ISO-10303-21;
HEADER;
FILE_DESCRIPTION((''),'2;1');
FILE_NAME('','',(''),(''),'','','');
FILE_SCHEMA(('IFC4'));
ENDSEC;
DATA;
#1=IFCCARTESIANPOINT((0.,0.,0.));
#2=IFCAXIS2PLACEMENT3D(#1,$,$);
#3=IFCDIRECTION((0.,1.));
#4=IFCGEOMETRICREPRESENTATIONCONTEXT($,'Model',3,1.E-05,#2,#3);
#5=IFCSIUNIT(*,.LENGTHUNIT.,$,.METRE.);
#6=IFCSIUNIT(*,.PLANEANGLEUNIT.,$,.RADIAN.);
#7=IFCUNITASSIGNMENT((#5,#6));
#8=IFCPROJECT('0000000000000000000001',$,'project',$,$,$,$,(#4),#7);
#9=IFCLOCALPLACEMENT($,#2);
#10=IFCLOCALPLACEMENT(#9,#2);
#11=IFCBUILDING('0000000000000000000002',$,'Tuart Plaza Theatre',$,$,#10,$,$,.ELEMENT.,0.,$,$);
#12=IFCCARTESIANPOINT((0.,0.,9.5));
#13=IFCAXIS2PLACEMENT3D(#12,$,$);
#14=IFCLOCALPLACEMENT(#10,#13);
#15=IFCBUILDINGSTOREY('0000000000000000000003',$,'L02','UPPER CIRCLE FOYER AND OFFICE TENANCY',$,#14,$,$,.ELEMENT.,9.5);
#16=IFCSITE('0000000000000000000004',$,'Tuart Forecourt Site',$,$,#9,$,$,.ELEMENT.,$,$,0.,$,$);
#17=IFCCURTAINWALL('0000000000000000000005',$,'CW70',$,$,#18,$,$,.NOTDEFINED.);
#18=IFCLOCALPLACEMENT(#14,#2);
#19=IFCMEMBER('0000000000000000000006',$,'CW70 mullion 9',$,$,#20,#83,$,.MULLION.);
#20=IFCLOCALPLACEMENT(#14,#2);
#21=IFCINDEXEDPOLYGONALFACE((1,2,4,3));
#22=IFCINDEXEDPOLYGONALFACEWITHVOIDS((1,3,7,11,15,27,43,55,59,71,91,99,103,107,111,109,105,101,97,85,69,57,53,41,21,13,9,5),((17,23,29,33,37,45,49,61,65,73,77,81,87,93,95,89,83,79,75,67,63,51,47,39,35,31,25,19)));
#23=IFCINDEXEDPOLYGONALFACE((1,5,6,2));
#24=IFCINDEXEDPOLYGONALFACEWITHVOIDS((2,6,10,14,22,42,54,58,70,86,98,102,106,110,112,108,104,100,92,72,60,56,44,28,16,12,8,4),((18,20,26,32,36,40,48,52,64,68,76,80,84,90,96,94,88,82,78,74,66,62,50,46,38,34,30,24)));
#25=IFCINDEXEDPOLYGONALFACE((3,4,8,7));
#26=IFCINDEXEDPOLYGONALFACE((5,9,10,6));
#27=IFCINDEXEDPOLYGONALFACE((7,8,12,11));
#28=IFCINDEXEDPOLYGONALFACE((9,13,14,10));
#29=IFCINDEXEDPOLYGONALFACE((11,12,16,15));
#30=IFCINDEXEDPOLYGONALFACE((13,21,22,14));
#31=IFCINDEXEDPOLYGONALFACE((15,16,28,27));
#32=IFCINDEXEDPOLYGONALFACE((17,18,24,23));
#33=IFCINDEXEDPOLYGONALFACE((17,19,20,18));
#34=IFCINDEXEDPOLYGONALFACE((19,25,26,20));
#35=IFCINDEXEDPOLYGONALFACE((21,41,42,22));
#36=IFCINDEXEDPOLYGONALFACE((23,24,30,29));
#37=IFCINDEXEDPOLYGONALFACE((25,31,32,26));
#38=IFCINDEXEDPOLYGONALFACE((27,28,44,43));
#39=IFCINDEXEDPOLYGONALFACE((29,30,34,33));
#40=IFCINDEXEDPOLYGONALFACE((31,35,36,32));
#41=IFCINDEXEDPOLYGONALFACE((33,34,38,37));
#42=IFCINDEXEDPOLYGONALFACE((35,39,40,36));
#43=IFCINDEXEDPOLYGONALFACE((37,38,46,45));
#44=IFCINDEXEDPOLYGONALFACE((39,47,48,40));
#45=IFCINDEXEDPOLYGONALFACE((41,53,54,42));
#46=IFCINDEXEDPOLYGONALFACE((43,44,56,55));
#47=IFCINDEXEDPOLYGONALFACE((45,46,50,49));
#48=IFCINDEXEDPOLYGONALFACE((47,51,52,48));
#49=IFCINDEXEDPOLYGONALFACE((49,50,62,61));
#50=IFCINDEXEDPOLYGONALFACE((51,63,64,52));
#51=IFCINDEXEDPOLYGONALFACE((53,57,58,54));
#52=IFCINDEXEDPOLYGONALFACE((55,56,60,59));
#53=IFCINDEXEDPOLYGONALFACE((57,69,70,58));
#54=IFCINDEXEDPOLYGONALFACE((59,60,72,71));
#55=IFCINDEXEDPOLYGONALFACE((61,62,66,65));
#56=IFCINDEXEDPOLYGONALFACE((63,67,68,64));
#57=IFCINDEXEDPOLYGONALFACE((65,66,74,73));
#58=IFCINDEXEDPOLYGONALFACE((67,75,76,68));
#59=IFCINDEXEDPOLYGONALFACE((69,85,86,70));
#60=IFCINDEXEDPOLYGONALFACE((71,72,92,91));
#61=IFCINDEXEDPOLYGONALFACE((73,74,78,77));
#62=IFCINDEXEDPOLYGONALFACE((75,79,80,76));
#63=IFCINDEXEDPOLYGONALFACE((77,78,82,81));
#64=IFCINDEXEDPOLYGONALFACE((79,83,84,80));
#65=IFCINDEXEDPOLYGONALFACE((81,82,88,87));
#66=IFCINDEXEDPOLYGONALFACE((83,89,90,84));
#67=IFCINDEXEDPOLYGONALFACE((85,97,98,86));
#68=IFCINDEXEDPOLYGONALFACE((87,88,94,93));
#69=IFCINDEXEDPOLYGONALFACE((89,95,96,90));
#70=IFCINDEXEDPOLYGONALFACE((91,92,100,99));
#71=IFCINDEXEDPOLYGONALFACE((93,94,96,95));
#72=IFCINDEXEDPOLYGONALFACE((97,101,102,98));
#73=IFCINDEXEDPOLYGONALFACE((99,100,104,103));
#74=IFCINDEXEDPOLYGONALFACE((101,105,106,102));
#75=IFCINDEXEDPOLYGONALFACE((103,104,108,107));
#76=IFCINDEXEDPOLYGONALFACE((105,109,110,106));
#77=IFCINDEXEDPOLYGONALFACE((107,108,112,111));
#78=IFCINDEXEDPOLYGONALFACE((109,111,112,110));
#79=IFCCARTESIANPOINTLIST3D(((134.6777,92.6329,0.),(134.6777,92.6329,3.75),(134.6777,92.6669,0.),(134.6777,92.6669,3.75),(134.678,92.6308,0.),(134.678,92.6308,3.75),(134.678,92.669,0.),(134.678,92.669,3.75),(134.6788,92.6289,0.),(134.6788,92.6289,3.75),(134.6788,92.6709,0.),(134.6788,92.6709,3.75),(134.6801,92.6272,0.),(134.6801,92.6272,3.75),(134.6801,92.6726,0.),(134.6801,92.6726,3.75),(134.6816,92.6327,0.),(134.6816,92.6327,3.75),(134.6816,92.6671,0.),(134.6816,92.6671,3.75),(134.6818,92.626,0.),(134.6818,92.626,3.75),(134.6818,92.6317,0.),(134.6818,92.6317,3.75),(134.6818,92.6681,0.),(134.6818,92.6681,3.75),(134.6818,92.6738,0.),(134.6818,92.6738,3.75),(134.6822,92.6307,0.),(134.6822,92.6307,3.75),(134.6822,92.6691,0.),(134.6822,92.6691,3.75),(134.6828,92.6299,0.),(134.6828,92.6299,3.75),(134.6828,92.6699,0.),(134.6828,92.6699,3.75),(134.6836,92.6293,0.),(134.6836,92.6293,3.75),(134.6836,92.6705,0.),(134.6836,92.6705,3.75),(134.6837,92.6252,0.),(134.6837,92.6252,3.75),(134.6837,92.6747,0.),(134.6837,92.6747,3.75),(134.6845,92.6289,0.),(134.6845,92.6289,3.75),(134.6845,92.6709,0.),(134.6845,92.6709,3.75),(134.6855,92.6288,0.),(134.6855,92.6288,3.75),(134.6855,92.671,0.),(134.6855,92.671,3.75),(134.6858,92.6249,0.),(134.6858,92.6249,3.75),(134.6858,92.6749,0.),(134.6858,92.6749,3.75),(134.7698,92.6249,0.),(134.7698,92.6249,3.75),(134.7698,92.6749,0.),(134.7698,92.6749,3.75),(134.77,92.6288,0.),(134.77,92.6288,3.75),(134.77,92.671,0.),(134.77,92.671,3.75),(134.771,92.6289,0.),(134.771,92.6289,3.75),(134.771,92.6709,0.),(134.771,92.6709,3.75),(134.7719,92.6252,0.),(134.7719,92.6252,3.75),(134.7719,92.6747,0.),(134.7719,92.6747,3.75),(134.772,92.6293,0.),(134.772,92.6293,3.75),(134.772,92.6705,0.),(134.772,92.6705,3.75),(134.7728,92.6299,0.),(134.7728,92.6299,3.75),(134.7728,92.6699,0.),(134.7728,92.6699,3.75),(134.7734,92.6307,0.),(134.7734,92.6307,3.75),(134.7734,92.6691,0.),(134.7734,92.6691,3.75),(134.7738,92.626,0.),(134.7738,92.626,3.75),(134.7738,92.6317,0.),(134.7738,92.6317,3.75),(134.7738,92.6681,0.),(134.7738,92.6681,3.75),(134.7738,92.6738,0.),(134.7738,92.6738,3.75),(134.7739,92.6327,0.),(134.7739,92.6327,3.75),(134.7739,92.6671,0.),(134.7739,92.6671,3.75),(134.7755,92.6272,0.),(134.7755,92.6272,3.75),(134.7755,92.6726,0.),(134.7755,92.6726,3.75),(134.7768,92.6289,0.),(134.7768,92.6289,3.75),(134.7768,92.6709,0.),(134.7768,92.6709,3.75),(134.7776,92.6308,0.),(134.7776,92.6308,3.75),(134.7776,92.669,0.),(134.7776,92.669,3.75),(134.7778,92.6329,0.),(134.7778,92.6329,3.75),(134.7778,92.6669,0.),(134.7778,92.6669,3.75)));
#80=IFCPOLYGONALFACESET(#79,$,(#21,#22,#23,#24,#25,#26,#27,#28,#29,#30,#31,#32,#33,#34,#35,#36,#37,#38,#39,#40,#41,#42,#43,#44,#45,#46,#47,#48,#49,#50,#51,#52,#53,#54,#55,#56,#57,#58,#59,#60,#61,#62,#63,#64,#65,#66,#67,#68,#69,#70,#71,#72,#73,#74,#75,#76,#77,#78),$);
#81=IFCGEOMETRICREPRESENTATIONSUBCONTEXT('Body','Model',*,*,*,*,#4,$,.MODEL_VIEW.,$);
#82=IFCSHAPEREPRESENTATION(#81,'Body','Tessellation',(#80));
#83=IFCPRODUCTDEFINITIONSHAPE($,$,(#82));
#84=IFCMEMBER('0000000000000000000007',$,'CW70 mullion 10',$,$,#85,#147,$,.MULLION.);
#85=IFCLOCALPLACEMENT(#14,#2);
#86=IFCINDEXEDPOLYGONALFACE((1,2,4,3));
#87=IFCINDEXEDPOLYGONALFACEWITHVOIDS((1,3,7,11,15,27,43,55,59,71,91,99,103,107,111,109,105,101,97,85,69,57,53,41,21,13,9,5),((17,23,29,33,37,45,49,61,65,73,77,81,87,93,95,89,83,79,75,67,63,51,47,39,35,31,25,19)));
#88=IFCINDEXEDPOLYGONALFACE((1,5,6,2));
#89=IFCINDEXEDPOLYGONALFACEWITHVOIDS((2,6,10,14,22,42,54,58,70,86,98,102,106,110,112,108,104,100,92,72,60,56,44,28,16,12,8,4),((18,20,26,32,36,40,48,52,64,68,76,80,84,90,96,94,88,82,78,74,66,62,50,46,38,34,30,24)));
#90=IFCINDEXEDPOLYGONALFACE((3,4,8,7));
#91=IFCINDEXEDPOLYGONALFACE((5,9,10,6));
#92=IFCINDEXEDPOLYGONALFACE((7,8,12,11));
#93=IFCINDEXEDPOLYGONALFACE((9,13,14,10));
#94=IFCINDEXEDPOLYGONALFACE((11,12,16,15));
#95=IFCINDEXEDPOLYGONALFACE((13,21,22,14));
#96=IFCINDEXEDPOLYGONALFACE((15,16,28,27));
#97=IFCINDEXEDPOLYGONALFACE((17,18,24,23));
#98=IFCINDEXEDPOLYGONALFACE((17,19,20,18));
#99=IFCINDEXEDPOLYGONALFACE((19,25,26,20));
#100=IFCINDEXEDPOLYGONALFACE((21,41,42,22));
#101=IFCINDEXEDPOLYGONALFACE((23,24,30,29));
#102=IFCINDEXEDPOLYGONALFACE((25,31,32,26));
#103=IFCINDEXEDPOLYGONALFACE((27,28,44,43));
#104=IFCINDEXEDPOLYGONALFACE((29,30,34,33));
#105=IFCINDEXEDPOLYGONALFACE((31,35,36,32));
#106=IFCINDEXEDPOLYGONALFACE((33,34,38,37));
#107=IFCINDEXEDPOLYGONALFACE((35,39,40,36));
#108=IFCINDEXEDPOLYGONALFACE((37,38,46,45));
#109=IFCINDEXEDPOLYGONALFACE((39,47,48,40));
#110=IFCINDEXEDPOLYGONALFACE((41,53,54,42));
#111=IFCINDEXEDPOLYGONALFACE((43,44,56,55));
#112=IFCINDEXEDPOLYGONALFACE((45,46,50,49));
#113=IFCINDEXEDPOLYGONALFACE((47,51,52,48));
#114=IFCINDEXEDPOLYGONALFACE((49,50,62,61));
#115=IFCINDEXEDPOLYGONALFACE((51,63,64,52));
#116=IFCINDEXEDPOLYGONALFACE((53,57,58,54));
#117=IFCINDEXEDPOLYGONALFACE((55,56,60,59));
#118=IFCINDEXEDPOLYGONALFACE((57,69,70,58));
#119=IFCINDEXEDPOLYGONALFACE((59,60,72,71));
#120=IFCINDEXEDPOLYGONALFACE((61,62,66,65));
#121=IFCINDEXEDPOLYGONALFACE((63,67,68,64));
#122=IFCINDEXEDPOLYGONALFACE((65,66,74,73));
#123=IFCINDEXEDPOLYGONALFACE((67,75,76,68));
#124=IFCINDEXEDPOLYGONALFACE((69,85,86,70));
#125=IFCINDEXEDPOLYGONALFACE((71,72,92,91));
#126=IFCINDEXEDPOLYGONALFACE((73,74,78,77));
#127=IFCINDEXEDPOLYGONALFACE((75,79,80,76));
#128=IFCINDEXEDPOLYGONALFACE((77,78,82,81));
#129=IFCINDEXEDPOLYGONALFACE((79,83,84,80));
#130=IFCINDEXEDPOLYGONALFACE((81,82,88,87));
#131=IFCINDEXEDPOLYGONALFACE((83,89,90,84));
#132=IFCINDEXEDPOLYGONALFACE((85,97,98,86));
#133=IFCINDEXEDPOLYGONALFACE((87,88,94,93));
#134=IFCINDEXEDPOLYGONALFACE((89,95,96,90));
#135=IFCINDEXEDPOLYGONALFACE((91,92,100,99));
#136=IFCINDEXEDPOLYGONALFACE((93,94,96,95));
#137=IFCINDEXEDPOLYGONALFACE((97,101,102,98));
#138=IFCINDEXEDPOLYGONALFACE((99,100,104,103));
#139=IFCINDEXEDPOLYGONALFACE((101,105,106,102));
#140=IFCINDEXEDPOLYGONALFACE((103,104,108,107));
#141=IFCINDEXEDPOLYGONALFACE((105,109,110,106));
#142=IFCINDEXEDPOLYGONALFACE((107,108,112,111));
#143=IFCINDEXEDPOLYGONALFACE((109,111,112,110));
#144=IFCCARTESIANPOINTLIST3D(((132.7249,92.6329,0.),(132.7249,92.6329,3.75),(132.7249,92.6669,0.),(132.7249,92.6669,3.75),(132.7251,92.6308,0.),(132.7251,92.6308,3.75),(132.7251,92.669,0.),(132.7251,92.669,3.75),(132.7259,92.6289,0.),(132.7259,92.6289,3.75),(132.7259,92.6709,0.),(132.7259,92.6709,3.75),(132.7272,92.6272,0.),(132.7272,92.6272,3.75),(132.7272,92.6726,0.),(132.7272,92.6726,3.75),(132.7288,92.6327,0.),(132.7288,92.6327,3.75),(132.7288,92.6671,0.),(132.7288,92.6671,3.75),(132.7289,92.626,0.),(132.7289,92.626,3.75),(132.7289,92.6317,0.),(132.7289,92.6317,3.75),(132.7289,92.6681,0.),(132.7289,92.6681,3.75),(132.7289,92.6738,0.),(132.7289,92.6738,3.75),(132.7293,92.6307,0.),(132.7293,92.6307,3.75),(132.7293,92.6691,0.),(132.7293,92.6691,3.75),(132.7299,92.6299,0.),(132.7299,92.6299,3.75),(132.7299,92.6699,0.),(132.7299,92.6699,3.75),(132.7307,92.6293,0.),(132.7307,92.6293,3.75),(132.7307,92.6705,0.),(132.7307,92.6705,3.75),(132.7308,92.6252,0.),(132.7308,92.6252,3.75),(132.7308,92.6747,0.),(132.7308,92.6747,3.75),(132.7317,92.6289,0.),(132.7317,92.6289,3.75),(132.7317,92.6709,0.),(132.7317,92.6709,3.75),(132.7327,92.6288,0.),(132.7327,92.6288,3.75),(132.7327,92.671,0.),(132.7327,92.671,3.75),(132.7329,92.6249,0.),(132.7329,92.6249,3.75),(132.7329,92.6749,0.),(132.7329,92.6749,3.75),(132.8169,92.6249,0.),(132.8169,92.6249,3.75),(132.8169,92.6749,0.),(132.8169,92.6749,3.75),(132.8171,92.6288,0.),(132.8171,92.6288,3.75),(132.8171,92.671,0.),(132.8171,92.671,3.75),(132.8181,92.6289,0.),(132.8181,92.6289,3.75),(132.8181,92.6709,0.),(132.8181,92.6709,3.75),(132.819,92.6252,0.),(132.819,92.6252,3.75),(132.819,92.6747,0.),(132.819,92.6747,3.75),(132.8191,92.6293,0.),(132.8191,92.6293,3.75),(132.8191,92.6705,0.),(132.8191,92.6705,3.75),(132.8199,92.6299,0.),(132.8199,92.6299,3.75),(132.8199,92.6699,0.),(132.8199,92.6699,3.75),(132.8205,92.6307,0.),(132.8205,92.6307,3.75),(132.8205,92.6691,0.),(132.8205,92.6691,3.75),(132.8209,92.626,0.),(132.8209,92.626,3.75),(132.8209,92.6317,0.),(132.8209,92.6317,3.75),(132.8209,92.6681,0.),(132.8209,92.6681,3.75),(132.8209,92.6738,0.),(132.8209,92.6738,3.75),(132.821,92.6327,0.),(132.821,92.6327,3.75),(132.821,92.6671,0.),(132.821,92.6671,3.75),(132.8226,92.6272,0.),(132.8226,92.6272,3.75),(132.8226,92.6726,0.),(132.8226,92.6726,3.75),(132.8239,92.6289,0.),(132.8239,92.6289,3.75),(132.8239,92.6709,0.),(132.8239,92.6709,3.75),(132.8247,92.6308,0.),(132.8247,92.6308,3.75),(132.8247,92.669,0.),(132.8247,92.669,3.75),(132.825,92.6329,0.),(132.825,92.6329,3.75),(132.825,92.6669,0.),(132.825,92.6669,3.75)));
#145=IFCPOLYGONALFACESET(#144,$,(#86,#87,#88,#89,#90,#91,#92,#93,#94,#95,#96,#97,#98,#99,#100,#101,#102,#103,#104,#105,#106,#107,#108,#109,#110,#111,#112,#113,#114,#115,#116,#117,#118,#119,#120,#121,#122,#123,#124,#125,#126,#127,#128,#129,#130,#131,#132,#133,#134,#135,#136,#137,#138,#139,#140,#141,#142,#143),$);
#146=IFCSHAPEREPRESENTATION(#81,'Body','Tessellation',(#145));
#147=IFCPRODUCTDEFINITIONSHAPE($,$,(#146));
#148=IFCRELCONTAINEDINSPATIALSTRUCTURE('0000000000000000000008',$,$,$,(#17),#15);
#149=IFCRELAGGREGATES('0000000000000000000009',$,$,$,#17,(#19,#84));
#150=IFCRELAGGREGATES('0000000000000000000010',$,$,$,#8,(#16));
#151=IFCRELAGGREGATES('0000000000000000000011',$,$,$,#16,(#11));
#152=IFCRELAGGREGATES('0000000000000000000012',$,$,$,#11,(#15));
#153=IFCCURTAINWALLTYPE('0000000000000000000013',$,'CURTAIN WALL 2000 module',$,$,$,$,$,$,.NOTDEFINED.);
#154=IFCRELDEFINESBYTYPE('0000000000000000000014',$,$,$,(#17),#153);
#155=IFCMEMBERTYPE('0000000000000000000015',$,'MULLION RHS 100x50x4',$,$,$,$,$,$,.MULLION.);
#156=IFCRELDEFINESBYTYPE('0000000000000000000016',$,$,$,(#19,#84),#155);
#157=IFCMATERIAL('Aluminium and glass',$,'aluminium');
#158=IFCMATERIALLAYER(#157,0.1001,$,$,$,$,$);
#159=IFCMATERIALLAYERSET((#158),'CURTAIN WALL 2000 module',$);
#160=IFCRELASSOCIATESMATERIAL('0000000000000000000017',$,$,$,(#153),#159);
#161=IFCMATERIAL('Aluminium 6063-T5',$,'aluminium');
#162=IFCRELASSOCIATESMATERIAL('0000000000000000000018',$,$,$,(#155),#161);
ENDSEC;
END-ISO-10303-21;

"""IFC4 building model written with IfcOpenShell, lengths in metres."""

from ifc_helpers import new_model, si_unit, direction, frame, origin, origin_2d, place, context, subcontext, project, spatial, hollow_rectangle, extrude, material, layer, layer_set, material_profile, profile_set, type_object, element, aggregate, save


model = new_model("IFC4")

# Units and contexts
model_context = context("Model", 3, precision=1e-05, world=origin(), true_north=direction((0.0, 1.0)))
body_context = subcontext(model_context, "Body", "Model", "MODEL_VIEW")
ifc_project = project(units=[si_unit("LENGTHUNIT", "METRE"), si_unit("PLANEANGLEUNIT", "RADIAN")], contexts=[model_context])

# Site, building, storey
site_placement = place(None, origin())
site = spatial("IfcSite", under=ifc_project, at=site_placement, Name="Tuart Forecourt Site", CompositionType="ELEMENT", RefElevation=0.0)
building_placement = place(site_placement, origin())
building = spatial("IfcBuilding", under=site, at=building_placement, Name="Tuart Plaza Theatre", CompositionType="ELEMENT", ElevationOfRefHeight=0.0)
storey_placement = place(building_placement, frame((0.0, 0.0, 9.5)))
storey = spatial("IfcBuildingStorey", under=building, at=storey_placement, Name="L02", Description="UPPER CIRCLE FOYER AND OFFICE TENANCY", CompositionType="ELEMENT", Elevation=9.5)

# Curtain wall, members
ifc_material_1 = material(Name="Aluminium and glass", Category="aluminium")
ifc_layer_1 = layer(ifc_material_1, 0.1001)
ifc_layer_set_1 = layer_set([ifc_layer_1], Name="CURTAIN WALL 2000 module")
curtain_wall_type = type_object("IfcCurtainWallType", Name="CURTAIN WALL 2000 module", PredefinedType="NOTDEFINED", material=ifc_layer_set_1)
curtain_wall_1_placement = place(storey_placement, origin())
curtain_wall_1 = element("IfcCurtainWall", 1, at=curtain_wall_1_placement, inside=storey, type_object=curtain_wall_type, Name="CW70", PredefinedType="NOTDEFINED")
ifc_material_2 = material(Name="Aluminium 6063-T5", Category="aluminium")
ifc_material_profile_1 = material_profile(ifc_material_2, hollow_rectangle(XDim=0.05, YDim=0.1001, WallThickness=0.0039, InnerFilletRadius=0.0039, OuterFilletRadius=0.0081, at=origin_2d()), Name="RHS 100x50x4")
ifc_profile_set_1 = profile_set([ifc_material_profile_1], Name="Aluminium 6063-T5")
member_type_1 = type_object("IfcMemberType", Name="MULLION RHS 100x50x4", PredefinedType="MULLION", material=ifc_profile_set_1)
member_1_placement = place(storey_placement, frame((134.7278, 92.6499, 0.0), z_axis=(0.0, 0.0, 1.0), x_axis=(0.0, -1.0, 0.0)))
member_1 = element("IfcMember", 2, at=member_1_placement, type_object=member_type_1, Name="CW70 mullion 9", PredefinedType="MULLION", context=body_context, shape_type="SweptSolid", body=[
    extrude(hollow_rectangle(XDim=0.05, YDim=0.1001, WallThickness=0.0039, InnerFilletRadius=0.0039, OuterFilletRadius=0.0081, at=origin_2d()), origin(), (0.0, 0.0, 1.0), 3.75),
])
member_2_placement = place(storey_placement, frame((132.7749, 92.6499, 0.0), z_axis=(0.0, 0.0, 1.0), x_axis=(0.0, -1.0, 0.0)))
member_2 = element("IfcMember", 3, at=member_2_placement, type_object=member_type_1, Name="CW70 mullion 10", PredefinedType="MULLION", context=body_context, shape_type="SweptSolid", body=[
    extrude(hollow_rectangle(XDim=0.05, YDim=0.1001, WallThickness=0.0039, InnerFilletRadius=0.0039, OuterFilletRadius=0.0081, at=origin_2d()), origin(), (0.0, 0.0, 1.0), 3.75),
])

aggregate(curtain_wall_1, [member_1, member_2])

save(model, "model.ifc")
